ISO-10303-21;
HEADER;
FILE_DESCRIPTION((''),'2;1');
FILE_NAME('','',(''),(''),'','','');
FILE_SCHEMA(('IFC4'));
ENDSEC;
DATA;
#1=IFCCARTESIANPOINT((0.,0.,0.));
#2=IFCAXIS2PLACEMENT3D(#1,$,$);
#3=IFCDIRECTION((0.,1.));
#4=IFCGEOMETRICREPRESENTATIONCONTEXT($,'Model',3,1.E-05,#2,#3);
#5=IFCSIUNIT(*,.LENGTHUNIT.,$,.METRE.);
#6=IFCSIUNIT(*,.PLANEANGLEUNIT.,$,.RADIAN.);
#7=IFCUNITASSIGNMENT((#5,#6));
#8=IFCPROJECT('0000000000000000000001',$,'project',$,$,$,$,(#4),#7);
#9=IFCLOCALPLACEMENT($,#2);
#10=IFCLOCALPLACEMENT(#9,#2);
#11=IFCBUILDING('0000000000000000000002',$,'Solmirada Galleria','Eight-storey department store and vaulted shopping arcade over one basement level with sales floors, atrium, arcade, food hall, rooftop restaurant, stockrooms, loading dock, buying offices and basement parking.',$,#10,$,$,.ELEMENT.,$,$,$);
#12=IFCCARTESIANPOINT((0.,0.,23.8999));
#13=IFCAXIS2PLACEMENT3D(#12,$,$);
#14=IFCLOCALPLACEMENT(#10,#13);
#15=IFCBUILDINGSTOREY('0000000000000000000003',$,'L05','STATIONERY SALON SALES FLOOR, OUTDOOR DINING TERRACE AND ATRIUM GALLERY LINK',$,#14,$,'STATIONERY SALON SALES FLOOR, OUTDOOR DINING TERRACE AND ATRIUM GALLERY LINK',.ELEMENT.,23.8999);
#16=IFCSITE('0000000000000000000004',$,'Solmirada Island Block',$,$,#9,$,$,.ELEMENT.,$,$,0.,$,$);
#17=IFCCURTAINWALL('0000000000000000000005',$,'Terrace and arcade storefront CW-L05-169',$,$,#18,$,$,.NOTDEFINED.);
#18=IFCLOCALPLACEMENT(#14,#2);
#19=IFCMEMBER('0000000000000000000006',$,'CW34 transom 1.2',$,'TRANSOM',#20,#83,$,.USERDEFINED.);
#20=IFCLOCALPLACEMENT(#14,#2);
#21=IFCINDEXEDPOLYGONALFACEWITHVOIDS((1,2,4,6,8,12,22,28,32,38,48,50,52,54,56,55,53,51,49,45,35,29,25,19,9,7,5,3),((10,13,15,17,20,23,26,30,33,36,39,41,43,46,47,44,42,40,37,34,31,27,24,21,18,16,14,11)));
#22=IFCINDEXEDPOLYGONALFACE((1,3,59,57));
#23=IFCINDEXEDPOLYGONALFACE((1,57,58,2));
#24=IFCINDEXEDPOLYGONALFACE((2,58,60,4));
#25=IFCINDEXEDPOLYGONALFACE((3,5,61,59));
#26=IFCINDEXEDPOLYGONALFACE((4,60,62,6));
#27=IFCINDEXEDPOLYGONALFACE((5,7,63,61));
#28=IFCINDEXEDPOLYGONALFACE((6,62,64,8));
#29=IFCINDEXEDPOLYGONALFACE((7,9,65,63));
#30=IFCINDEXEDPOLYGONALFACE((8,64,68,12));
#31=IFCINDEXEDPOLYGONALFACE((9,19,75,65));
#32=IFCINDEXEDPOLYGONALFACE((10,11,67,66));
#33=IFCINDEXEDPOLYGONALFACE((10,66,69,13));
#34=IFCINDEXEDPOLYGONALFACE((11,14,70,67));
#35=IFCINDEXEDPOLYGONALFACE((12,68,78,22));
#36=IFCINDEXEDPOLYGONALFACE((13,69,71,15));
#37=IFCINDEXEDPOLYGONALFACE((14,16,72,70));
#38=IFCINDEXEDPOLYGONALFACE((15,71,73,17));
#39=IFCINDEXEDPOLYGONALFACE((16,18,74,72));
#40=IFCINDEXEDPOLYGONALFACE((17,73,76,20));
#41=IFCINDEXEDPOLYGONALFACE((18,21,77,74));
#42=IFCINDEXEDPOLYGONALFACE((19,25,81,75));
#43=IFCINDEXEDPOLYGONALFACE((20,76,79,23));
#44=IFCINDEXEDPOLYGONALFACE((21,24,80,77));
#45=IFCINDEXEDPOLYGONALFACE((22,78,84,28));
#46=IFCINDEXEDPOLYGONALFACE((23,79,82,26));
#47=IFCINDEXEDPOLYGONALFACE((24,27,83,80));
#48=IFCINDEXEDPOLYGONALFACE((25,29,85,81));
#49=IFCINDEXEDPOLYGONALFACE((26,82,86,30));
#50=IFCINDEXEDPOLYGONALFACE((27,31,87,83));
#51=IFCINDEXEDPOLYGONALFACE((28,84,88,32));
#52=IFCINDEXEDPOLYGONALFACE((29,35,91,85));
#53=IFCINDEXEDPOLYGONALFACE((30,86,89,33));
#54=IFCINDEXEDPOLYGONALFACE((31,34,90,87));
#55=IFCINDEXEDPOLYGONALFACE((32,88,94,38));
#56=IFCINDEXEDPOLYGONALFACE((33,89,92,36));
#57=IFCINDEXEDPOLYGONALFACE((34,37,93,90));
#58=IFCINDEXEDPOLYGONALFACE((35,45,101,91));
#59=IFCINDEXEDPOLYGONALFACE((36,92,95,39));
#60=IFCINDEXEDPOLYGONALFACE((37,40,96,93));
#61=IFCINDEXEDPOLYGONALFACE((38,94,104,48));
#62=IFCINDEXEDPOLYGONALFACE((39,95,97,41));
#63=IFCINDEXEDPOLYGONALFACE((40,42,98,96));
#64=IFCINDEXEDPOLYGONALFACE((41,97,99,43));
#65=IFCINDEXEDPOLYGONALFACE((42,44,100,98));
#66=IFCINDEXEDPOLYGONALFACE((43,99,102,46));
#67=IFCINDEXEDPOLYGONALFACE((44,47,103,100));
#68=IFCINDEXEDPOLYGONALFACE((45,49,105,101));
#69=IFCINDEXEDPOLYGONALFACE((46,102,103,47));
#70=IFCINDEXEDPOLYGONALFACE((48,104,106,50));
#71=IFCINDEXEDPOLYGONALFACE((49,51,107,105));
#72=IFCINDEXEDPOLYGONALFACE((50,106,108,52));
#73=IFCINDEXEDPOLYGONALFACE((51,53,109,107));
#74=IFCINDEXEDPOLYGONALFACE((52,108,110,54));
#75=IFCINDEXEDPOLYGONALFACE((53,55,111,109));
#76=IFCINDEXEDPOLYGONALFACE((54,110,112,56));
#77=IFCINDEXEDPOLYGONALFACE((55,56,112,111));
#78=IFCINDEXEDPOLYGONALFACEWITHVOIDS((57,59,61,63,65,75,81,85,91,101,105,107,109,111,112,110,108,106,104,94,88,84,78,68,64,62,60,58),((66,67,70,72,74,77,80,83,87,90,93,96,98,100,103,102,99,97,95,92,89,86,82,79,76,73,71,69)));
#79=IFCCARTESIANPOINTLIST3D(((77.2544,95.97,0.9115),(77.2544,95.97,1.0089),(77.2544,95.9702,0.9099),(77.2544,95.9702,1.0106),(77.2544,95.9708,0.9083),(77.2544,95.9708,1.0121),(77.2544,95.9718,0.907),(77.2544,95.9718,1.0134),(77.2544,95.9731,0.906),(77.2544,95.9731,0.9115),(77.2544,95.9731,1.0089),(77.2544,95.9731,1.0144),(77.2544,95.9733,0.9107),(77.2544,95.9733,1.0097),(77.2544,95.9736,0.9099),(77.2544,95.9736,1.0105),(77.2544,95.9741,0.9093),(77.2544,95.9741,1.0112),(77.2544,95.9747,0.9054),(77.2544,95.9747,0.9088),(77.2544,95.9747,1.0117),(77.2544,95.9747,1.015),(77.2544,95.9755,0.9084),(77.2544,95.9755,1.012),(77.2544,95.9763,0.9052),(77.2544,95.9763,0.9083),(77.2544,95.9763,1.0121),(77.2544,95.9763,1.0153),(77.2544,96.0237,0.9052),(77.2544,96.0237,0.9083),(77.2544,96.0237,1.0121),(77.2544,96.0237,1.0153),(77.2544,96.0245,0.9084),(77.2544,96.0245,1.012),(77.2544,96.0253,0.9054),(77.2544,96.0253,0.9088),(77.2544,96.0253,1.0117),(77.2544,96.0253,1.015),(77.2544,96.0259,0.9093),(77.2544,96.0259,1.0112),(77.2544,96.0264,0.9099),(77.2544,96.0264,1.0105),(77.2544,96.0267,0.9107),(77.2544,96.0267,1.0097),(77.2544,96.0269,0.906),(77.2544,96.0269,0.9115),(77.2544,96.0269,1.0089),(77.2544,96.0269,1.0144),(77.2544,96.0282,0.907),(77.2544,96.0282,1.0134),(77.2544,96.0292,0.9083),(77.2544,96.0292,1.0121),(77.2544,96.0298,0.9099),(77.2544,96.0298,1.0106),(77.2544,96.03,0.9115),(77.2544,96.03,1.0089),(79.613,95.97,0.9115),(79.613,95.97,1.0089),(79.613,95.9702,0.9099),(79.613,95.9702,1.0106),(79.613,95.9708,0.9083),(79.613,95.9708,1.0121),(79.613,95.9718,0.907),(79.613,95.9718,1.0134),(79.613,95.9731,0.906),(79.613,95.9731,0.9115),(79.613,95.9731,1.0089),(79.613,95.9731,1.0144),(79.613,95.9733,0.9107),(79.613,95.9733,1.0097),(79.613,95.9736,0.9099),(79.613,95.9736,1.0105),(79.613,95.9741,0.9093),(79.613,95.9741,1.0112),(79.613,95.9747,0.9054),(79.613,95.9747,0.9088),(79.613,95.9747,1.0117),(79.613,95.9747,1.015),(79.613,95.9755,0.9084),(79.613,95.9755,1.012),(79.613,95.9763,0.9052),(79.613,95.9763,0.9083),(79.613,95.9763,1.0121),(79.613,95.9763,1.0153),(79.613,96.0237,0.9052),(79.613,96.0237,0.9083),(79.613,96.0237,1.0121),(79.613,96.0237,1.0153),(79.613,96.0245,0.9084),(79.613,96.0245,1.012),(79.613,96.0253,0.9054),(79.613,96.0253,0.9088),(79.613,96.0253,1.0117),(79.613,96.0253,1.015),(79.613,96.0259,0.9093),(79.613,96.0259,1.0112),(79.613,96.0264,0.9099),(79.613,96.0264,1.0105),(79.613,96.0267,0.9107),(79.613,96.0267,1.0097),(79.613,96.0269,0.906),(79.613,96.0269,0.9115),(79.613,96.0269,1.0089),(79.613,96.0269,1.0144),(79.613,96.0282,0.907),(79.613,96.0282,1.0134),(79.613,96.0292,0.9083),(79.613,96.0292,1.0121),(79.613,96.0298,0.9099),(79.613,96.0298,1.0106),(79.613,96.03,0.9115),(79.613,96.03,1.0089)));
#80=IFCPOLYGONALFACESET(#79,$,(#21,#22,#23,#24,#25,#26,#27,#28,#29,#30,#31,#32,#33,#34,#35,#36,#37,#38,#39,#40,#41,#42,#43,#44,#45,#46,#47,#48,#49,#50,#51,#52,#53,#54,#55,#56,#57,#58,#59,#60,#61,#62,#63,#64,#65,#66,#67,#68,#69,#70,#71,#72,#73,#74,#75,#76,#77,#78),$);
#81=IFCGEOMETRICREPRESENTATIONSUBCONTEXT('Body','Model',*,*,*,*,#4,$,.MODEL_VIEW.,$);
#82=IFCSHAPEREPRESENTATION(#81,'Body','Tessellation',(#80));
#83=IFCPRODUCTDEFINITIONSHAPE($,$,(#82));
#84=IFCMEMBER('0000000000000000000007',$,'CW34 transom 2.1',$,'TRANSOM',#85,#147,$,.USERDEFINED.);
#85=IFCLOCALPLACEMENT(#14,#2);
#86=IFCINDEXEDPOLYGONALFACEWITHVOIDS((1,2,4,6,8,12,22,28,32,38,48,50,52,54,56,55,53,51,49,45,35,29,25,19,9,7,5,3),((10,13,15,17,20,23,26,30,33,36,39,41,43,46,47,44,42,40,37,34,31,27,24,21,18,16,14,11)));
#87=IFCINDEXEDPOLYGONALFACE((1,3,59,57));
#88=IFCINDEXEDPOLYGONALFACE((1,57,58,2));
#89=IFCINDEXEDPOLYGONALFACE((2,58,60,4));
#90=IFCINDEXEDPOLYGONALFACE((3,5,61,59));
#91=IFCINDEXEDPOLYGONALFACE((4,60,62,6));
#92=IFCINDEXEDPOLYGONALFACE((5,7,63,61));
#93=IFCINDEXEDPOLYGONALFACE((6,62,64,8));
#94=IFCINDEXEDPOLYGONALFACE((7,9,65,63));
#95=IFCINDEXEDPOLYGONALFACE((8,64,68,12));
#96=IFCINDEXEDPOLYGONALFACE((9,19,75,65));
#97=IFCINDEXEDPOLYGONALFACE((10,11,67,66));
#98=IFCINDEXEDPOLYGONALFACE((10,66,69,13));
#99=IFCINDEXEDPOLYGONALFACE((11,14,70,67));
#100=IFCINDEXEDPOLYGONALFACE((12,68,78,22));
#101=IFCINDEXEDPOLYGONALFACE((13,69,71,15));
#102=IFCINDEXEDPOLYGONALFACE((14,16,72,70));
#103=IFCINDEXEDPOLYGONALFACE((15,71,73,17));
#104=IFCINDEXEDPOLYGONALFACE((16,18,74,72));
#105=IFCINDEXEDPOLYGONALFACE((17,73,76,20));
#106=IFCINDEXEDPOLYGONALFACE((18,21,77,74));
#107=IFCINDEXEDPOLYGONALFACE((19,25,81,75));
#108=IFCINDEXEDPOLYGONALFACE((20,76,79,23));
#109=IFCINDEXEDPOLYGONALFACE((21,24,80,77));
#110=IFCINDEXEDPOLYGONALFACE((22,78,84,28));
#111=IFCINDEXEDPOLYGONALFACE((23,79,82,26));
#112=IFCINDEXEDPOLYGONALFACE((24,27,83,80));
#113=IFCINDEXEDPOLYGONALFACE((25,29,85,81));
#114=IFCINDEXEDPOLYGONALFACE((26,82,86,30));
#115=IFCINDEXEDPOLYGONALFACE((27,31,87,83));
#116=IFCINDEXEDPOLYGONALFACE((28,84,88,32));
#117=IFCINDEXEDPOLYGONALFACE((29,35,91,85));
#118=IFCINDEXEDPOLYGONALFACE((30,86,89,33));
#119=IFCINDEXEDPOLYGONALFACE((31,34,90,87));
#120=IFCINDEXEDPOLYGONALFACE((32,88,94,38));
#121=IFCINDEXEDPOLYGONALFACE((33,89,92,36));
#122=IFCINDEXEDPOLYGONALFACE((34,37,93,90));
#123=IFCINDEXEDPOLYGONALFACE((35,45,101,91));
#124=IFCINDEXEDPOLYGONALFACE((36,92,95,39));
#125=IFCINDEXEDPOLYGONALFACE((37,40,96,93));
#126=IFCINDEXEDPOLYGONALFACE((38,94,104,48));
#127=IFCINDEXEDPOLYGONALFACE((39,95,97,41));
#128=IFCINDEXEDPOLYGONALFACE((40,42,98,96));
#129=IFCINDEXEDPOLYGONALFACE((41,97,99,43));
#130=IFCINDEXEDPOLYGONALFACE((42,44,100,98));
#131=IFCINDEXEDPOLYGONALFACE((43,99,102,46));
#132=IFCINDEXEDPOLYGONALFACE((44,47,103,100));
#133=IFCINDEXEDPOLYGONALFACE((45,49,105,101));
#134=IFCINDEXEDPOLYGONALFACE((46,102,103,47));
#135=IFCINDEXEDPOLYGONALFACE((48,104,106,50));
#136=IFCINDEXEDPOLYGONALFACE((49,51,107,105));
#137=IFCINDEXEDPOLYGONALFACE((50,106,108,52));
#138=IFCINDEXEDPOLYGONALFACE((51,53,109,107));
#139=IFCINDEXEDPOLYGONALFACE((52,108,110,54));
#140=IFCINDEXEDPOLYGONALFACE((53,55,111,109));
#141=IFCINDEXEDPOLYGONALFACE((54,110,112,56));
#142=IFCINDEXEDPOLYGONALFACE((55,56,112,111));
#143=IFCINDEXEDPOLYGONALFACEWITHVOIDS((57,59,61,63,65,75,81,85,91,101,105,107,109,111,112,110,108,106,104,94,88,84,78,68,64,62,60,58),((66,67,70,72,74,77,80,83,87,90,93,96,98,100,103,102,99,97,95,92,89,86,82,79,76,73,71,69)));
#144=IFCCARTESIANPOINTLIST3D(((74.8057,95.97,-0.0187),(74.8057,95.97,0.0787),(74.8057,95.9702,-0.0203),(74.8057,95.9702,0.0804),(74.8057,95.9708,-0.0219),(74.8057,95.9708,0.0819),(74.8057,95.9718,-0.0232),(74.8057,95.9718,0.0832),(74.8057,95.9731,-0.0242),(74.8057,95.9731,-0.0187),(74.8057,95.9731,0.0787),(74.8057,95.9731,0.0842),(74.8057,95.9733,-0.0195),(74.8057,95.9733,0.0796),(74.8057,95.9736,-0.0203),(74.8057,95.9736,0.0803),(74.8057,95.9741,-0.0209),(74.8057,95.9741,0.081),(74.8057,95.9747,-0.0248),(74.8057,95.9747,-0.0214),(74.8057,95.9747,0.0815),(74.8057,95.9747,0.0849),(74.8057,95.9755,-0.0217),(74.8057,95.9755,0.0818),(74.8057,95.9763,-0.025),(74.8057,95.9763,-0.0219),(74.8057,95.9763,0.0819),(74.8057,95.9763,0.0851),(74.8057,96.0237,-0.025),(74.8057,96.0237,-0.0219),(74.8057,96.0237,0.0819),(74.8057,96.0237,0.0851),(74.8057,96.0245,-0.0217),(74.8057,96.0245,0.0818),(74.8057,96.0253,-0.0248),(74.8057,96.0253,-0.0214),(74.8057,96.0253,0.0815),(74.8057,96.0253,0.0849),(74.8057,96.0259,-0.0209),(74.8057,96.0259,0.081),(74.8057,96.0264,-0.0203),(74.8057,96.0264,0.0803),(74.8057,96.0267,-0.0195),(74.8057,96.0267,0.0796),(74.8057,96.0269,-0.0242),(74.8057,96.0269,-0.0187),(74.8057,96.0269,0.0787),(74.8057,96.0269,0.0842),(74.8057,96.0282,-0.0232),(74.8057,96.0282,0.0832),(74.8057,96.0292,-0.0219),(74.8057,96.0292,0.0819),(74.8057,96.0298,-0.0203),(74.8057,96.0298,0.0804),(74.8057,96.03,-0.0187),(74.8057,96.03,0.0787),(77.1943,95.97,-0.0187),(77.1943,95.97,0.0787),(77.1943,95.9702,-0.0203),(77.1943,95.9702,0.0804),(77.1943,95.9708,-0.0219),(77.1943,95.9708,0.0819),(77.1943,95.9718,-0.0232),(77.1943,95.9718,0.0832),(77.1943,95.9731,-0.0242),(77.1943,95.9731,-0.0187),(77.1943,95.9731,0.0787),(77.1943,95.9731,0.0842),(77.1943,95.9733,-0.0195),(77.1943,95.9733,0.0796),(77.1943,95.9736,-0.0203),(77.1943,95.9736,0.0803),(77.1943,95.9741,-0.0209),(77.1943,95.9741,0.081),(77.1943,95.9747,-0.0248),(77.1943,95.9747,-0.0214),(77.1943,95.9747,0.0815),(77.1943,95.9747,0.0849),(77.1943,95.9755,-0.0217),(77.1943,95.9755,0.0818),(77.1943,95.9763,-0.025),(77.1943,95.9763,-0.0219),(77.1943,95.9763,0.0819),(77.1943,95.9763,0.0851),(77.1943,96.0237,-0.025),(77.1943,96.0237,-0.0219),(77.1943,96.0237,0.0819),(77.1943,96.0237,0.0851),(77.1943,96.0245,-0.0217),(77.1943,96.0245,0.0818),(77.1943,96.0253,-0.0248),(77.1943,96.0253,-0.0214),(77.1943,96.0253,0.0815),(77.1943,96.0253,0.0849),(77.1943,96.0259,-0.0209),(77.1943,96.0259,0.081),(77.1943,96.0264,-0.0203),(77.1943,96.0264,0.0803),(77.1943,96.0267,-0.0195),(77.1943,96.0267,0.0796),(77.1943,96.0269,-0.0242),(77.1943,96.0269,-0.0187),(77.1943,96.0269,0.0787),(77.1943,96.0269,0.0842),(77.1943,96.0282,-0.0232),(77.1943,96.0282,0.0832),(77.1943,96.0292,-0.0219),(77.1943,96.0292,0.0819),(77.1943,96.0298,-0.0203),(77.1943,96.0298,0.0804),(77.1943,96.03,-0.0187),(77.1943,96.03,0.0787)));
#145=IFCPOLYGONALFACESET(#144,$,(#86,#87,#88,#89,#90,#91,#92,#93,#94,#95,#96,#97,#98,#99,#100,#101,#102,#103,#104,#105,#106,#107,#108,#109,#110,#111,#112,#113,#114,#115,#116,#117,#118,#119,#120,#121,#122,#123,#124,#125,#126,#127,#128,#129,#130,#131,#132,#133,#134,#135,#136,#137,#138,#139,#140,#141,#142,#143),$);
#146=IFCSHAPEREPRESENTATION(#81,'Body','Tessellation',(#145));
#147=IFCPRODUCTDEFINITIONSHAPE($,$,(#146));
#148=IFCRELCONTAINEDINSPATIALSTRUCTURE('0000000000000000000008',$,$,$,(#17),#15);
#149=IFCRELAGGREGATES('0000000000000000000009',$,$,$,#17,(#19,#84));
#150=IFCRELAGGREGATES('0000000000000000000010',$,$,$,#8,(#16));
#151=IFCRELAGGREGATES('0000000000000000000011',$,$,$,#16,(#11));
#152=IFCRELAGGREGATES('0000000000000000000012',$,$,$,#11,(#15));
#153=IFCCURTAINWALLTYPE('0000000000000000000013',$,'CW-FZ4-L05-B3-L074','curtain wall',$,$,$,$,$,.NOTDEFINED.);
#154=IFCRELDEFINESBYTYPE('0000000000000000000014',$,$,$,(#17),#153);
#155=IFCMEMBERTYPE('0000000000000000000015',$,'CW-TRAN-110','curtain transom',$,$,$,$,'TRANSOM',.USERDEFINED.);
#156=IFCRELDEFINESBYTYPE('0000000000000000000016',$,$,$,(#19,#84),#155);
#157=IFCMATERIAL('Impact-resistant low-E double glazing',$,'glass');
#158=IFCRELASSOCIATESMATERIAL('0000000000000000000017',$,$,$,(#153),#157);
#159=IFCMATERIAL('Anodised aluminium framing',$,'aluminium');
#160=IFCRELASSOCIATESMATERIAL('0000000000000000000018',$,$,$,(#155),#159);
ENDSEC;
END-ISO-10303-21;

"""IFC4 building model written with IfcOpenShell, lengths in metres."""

from ifc_helpers import new_model, si_unit, direction, frame, origin, origin_2d, place, context, subcontext, project, spatial, hollow_rectangle, extrude, material, material_profile, profile_set, type_object, element, aggregate, save


model = new_model("IFC4")

# Units and contexts
model_context = context("Model", 3, precision=1e-05, world=origin(), true_north=direction((0.0, 1.0)))
body_context = subcontext(model_context, "Body", "Model", "MODEL_VIEW")
ifc_project = project(units=[si_unit("LENGTHUNIT", "METRE"), si_unit("PLANEANGLEUNIT", "RADIAN")], contexts=[model_context])

# Site, building, storey
site_placement = place(None, origin())
site = spatial("IfcSite", under=ifc_project, at=site_placement, Name="Solmirada Island Block", CompositionType="ELEMENT", RefElevation=0.0)
building_placement = place(site_placement, origin())
building = spatial("IfcBuilding", under=site, at=building_placement, Name="Solmirada Galleria", Description="Eight-storey department store and vaulted shopping arcade over one basement level with sales floors, atrium, arcade, food hall, rooftop restaurant, stockrooms, loading dock, buying offices and basement parking.", CompositionType="ELEMENT")
storey_placement = place(building_placement, frame((0.0, 0.0, 23.8999)))
storey = spatial("IfcBuildingStorey", under=building, at=storey_placement, Name="L05", Description="STATIONERY SALON SALES FLOOR, OUTDOOR DINING TERRACE AND ATRIUM GALLERY LINK", LongName="STATIONERY SALON SALES FLOOR, OUTDOOR DINING TERRACE AND ATRIUM GALLERY LINK", CompositionType="ELEMENT", Elevation=23.8999)

# Curtain wall, members
ifc_material_1 = material(Name="Impact-resistant low-E double glazing", Category="glass")
curtain_wall_type = type_object("IfcCurtainWallType", Name="CW-FZ4-L05-B3-L074", Description="curtain wall", PredefinedType="NOTDEFINED", material=ifc_material_1)
curtain_wall_placement = place(storey_placement, origin())
curtain_wall = element("IfcCurtainWall", 1, at=curtain_wall_placement, inside=storey, type_object=curtain_wall_type, Name="Terrace and arcade storefront CW-L05-169", PredefinedType="NOTDEFINED")
ifc_material_2 = material(Name="Anodised aluminium framing", Category="aluminium")
ifc_material_profile_1 = material_profile(ifc_material_2, hollow_rectangle(XDim=0.0601, YDim=0.1101, WallThickness=0.0032, InnerFilletRadius=0.0032, OuterFilletRadius=0.0063, at=origin_2d()), Name="ALU-TRAN-110X60")
ifc_profile_set_1 = profile_set([ifc_material_profile_1], Name="Anodised aluminium framing")
member_type_1 = type_object("IfcMemberType", Name="CW-TRAN-110", Description="curtain transom", ElementType="TRANSOM", PredefinedType="USERDEFINED", material=ifc_profile_set_1)
member_1_placement = place(storey_placement, frame((79.613, 96.0, 0.9602), z_axis=(-1.0, 0.0, 0.0), x_axis=(0.0, -1.0, 0.0)))
member_1 = element("IfcMember", 2, at=member_1_placement, type_object=member_type_1, Name="CW34 transom 1.2", ObjectType="TRANSOM", PredefinedType="USERDEFINED", context=body_context, shape_type="SweptSolid", body=[
    extrude(hollow_rectangle(XDim=0.0601, YDim=0.1101, WallThickness=0.0032, InnerFilletRadius=0.0032, OuterFilletRadius=0.0063, at=origin_2d()), origin(), (0.0, 0.0, 1.0), 2.3586),
])
member_2_placement = place(storey_placement, frame((77.1943, 96.0, 0.03), z_axis=(-1.0, 0.0, 0.0), x_axis=(0.0, -1.0, 0.0)))
member_2 = element("IfcMember", 3, at=member_2_placement, type_object=member_type_1, Name="CW34 transom 2.1", ObjectType="TRANSOM", PredefinedType="USERDEFINED", context=body_context, shape_type="SweptSolid", body=[
    extrude(hollow_rectangle(XDim=0.0601, YDim=0.1101, WallThickness=0.0032, InnerFilletRadius=0.0032, OuterFilletRadius=0.0063, at=origin_2d()), origin(), (0.0, 0.0, 1.0), 2.3887),
])
aggregate(curtain_wall, [member_1, member_2])

save(model, "model.ifc")
